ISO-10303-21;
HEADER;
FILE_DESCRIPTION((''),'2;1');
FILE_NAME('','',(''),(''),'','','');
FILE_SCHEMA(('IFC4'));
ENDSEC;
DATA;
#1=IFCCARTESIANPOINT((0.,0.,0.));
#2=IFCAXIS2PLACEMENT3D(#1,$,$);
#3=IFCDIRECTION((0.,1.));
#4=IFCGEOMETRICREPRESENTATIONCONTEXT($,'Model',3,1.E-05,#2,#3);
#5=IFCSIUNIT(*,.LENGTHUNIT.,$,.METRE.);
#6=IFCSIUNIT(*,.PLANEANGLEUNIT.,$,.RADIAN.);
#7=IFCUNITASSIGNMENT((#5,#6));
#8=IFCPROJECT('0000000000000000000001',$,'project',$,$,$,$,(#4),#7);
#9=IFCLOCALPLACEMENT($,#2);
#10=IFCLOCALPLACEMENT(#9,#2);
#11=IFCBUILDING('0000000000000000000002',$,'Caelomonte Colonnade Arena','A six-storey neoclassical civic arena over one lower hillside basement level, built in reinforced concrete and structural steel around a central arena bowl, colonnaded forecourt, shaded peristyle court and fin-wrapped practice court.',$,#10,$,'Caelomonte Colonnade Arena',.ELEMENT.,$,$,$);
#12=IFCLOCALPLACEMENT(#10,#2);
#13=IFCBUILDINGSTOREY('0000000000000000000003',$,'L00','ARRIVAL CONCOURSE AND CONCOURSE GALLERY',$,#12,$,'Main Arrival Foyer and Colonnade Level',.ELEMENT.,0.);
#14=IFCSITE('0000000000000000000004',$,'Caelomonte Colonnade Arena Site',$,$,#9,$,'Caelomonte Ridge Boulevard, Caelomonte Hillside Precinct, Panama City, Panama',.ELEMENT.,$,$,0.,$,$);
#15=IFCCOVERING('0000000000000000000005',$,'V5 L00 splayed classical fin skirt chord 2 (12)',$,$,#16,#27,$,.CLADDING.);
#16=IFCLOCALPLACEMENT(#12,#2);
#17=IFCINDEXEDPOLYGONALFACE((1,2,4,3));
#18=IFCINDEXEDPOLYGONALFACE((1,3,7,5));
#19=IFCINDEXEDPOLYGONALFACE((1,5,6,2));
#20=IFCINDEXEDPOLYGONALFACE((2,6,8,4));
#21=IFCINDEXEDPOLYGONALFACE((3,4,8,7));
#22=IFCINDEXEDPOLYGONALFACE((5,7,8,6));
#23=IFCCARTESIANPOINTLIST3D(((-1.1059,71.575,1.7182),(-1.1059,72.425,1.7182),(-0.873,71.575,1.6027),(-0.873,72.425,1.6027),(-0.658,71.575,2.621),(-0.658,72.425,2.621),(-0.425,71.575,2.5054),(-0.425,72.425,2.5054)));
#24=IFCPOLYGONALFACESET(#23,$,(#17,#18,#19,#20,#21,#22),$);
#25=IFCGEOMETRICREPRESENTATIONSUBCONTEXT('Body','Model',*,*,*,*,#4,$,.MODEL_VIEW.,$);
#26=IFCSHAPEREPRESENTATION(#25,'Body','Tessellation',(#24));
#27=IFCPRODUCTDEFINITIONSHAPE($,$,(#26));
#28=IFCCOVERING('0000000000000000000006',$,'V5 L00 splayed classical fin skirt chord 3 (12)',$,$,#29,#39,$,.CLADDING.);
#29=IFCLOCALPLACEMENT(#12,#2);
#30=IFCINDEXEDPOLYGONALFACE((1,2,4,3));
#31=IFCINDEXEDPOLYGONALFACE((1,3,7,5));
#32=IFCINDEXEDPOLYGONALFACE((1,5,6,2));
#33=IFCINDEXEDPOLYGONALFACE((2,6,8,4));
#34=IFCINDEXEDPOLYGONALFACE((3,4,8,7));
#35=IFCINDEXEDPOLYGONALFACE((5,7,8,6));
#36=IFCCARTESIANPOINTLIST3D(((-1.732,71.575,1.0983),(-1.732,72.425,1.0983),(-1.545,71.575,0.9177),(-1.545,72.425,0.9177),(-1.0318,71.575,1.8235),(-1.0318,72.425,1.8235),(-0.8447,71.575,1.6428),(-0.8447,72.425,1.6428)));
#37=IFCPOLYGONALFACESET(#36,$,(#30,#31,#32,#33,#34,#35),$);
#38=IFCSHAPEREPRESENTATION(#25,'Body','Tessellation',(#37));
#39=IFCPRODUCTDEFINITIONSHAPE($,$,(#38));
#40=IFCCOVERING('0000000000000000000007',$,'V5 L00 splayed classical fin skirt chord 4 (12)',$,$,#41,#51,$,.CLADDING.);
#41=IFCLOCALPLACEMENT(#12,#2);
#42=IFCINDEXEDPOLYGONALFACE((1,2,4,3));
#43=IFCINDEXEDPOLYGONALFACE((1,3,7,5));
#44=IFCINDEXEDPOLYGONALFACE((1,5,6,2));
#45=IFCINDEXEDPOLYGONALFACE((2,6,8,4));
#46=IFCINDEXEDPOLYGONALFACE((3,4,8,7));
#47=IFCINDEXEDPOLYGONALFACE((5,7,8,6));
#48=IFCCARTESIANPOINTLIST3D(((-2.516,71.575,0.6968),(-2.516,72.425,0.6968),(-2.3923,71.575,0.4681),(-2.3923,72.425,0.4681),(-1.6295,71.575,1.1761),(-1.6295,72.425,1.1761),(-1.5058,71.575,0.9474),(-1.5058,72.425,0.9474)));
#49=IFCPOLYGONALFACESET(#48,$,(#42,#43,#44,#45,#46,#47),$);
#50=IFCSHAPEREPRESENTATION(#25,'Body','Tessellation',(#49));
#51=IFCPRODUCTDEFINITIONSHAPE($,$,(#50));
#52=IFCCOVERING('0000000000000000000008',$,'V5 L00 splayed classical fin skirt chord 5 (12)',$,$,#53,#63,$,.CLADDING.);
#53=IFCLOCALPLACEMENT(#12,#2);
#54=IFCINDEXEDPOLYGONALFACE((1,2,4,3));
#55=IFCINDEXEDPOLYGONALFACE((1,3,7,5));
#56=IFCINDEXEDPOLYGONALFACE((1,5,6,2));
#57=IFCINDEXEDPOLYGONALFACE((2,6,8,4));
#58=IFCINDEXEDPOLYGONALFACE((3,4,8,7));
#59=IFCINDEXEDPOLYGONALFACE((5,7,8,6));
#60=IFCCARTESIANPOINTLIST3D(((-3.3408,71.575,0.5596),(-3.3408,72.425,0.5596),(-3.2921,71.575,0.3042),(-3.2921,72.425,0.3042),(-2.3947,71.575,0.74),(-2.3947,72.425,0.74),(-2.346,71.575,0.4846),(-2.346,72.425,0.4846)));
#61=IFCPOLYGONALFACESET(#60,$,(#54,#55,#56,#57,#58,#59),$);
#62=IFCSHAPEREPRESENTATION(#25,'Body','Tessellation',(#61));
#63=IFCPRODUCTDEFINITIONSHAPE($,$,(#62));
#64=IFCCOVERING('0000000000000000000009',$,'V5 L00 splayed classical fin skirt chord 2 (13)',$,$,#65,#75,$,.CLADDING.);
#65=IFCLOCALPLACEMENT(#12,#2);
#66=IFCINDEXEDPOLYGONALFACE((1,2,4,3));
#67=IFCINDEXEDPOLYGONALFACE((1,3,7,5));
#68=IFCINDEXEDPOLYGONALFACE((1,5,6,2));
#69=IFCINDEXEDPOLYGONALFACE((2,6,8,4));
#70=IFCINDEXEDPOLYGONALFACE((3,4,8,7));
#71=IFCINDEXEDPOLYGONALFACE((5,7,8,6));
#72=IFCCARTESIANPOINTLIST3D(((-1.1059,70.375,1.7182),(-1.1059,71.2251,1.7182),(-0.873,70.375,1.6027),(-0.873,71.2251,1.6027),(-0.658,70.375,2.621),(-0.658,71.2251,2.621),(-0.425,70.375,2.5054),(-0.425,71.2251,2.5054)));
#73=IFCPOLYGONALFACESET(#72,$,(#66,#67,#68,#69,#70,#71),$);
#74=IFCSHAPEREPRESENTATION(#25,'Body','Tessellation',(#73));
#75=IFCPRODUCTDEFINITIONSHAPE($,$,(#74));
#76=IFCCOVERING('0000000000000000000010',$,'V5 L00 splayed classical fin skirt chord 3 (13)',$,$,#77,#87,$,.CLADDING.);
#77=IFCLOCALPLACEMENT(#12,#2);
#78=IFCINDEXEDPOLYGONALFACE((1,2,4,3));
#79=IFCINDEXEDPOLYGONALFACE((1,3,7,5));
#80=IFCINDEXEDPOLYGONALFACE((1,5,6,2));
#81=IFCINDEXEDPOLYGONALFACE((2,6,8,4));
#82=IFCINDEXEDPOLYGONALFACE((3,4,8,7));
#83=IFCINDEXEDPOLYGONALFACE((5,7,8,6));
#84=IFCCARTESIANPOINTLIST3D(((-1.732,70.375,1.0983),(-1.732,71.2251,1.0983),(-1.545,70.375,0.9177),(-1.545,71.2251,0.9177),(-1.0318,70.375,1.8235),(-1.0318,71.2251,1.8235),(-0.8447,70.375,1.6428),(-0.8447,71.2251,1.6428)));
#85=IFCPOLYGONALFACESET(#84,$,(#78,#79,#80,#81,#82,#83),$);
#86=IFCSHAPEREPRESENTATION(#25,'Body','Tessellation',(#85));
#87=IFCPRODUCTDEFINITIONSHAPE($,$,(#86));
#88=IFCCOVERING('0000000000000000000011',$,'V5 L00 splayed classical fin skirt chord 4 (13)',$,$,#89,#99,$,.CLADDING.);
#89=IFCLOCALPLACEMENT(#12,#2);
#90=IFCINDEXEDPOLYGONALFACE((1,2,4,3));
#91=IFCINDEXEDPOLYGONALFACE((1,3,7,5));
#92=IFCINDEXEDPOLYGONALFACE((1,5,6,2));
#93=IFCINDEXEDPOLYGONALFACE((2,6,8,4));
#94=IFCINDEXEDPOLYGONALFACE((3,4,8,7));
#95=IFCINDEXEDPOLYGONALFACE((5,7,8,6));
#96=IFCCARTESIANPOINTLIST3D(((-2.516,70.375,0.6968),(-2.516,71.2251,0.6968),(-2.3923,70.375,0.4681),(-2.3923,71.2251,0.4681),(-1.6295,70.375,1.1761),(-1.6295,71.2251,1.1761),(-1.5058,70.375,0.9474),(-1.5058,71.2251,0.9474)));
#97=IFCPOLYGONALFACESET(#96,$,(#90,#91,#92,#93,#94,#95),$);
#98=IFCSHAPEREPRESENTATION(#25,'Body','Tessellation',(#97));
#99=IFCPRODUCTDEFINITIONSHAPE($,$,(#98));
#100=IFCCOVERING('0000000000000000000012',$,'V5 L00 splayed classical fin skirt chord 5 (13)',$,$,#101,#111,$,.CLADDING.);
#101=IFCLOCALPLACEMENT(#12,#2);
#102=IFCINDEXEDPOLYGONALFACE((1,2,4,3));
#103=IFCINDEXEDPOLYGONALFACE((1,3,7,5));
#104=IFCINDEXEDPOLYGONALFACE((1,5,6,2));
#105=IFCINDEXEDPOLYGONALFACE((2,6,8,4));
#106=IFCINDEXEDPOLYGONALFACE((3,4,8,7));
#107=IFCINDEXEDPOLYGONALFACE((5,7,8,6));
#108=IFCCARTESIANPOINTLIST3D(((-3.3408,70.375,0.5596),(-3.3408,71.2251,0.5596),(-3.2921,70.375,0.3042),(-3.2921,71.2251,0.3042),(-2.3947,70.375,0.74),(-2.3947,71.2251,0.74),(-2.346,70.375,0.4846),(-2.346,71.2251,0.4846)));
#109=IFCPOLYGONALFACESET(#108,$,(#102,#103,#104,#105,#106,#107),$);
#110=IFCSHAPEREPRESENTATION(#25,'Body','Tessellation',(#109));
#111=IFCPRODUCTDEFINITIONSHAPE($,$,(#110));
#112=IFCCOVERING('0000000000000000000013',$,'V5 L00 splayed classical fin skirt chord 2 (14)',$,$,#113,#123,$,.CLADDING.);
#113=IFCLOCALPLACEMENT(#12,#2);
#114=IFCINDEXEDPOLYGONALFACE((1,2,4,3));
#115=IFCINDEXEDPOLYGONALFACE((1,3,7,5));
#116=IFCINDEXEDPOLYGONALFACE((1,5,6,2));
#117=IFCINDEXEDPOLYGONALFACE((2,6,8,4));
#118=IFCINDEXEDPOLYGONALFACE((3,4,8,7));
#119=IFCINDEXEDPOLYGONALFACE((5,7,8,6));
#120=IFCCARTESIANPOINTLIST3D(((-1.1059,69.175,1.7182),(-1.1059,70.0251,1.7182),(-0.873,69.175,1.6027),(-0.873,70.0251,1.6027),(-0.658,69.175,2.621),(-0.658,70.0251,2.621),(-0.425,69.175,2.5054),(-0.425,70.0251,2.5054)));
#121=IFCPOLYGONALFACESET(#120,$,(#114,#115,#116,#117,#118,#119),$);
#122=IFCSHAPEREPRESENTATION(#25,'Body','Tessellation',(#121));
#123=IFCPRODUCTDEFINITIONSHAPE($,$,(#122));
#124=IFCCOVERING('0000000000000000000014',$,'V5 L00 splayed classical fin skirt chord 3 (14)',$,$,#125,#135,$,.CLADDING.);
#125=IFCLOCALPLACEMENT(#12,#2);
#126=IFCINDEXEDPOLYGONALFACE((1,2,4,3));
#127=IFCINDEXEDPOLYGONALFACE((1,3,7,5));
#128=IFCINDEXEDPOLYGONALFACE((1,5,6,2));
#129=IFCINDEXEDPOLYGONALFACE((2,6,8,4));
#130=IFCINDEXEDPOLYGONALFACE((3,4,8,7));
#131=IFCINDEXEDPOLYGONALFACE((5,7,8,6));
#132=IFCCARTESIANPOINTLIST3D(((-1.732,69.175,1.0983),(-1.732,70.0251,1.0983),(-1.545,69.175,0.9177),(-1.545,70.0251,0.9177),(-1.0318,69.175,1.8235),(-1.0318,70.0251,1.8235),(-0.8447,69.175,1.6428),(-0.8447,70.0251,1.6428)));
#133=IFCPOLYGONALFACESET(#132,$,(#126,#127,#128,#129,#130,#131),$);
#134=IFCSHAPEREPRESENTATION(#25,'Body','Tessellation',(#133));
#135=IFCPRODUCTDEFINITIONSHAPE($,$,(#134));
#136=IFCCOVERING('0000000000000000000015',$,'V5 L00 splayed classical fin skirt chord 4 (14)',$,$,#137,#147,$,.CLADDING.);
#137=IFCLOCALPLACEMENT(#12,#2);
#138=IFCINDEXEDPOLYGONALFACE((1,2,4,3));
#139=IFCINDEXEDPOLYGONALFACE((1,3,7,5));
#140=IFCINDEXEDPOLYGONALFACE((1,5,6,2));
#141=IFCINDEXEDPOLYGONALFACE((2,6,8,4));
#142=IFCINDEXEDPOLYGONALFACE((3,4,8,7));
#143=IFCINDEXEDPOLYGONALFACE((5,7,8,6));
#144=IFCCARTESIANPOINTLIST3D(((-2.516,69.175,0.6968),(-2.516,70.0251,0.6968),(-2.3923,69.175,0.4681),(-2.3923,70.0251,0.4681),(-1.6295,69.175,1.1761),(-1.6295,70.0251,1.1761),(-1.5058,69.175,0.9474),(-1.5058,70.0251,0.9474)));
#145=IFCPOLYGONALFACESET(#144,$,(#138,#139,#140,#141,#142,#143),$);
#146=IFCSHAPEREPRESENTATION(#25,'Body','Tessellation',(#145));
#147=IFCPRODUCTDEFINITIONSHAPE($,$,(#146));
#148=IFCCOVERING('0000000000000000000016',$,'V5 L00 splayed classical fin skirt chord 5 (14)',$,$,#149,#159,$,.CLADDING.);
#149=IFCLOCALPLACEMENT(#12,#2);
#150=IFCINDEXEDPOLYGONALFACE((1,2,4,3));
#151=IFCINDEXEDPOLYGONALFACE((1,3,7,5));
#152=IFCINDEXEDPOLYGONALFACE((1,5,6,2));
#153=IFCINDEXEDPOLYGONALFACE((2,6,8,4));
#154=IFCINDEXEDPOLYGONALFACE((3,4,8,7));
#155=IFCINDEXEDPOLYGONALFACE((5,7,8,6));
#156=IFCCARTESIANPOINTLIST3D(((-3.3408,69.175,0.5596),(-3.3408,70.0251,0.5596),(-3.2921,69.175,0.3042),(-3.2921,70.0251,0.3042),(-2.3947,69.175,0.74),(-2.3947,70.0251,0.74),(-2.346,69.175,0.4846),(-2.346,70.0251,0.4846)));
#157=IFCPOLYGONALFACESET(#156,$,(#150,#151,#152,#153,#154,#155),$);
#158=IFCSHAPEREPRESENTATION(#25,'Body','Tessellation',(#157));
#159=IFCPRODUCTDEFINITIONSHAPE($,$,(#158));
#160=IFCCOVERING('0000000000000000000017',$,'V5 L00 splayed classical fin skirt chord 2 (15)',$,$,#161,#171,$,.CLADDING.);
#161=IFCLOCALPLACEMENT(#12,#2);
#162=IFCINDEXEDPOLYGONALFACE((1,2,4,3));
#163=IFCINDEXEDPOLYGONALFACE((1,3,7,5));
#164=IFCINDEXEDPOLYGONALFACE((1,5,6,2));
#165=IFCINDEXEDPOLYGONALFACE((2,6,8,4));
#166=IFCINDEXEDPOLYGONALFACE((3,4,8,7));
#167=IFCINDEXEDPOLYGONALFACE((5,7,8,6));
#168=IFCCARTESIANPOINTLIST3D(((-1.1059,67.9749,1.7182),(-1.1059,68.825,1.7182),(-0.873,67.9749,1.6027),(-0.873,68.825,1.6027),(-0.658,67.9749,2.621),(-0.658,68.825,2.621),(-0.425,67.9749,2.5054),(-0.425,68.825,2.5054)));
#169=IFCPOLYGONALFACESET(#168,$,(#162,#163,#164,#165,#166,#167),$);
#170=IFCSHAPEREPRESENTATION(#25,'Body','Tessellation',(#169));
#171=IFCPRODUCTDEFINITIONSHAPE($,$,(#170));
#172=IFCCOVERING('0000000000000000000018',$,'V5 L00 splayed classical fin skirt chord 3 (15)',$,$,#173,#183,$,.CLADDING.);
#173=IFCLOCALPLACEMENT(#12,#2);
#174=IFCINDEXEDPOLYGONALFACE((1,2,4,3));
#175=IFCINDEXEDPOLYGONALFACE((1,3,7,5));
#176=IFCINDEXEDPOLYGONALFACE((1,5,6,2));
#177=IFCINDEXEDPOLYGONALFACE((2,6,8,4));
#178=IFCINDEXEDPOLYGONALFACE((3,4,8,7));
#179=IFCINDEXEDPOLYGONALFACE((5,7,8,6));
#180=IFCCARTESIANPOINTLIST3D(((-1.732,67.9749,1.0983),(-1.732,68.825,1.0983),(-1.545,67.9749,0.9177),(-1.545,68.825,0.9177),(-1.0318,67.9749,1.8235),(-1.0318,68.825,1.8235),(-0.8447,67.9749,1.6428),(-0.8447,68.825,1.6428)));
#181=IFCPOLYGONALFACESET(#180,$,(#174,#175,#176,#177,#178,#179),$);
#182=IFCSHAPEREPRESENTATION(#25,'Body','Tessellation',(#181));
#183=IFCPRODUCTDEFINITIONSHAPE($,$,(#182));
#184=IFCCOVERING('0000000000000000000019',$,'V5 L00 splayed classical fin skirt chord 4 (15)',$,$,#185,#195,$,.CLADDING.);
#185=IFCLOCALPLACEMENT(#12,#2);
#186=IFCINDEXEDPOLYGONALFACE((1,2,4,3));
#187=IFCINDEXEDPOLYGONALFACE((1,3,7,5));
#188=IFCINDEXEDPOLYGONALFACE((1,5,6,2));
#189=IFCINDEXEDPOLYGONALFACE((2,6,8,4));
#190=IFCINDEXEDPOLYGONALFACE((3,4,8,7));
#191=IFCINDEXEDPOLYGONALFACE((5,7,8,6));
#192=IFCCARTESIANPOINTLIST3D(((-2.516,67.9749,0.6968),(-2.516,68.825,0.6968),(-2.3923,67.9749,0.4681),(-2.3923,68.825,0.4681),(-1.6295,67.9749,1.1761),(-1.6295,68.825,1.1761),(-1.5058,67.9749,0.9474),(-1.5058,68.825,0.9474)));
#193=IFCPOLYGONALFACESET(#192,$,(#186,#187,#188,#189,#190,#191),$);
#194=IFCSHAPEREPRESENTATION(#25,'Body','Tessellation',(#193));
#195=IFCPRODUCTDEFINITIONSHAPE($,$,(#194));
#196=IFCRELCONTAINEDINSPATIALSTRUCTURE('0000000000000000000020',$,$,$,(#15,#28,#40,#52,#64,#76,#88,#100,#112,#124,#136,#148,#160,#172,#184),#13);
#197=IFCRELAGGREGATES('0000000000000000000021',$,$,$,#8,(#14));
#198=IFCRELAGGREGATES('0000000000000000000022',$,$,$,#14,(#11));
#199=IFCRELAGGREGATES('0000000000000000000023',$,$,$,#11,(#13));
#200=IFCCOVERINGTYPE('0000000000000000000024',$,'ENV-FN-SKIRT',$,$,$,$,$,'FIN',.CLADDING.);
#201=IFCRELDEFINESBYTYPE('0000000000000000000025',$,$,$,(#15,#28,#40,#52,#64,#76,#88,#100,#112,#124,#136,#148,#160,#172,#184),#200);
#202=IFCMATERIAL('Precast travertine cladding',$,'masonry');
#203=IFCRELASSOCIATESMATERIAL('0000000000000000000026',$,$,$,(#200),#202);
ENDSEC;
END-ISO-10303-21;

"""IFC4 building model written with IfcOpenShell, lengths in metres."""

from ifc_helpers import new_model, si_unit, direction, frame, origin, origin_2d, place, context, subcontext, project, spatial, rectangle, extrude, material, material_profile, profile_set, type_object, element, save


model = new_model("IFC4")

# Units and contexts
model_context = context("Model", 3, precision=1e-05, world=origin(), true_north=direction((0.0, 1.0)))
body_context = subcontext(model_context, "Body", "Model", "MODEL_VIEW")
ifc_project = project(units=[si_unit("LENGTHUNIT", "METRE"), si_unit("PLANEANGLEUNIT", "RADIAN")], contexts=[model_context])

# Site, building, storey
site_placement = place(None, origin())
site = spatial("IfcSite", under=ifc_project, at=site_placement, Name="Caelomonte Colonnade Arena Site", LongName="Caelomonte Ridge Boulevard, Caelomonte Hillside Precinct, Panama City, Panama", CompositionType="ELEMENT", RefElevation=0.0)
building_placement = place(site_placement, origin())
building = spatial("IfcBuilding", under=site, at=building_placement, Name="Caelomonte Colonnade Arena", Description="A six-storey neoclassical civic arena over one lower hillside basement level, built in reinforced concrete and structural steel around a central arena bowl, colonnaded forecourt, shaded peristyle court and fin-wrapped practice court.", LongName="Caelomonte Colonnade Arena", CompositionType="ELEMENT")
storey_placement = place(building_placement, origin())
storey = spatial("IfcBuildingStorey", under=building, at=storey_placement, Name="L00", Description="ARRIVAL CONCOURSE AND CONCOURSE GALLERY", LongName="Main Arrival Foyer and Colonnade Level", CompositionType="ELEMENT", Elevation=0.0)

# Coverings
ifc_material = material(Name="Precast travertine cladding", Category="masonry")
ifc_material_profile = material_profile(ifc_material, rectangle(XDim=0.26, YDim=0.8501, at=origin_2d()), Name="FIN260X850")
ifc_profile_set = profile_set([ifc_material_profile], Name="Precast travertine cladding")
covering_type = type_object("IfcCoveringType", Name="ENV-FN-SKIRT", ElementType="FIN", PredefinedType="CLADDING", material=ifc_profile_set)
covering_1_placement = place(storey_placement, frame((-0.5415, 72.0, 2.5632), z_axis=(-0.444499, 0.0, -0.89578), x_axis=(-0.89578, 0.0, 0.444499)))
element("IfcCovering", 1, at=covering_1_placement, inside=storey, type_object=covering_type, Name="V5 L00 splayed classical fin skirt chord 2 (12)", PredefinedType="CLADDING", context=body_context, shape_type="SweptSolid", body=[
    extrude(rectangle(XDim=0.26, YDim=0.8501, at=origin_2d()), origin(), (0.0, 0.0, 1.0), 1.0078),
])
covering_2_placement = place(storey_placement, frame((-0.9382, 72.0, 1.7332), z_axis=(-0.694646, 0.0, -0.719351), x_axis=(-0.719351, 0.0, 0.694646)))
element("IfcCovering", 2, at=covering_2_placement, inside=storey, type_object=covering_type, Name="V5 L00 splayed classical fin skirt chord 3 (12)", PredefinedType="CLADDING", context=body_context, shape_type="SweptSolid", body=[
    extrude(rectangle(XDim=0.26, YDim=0.8501, at=origin_2d()), origin(), (0.0, 0.0, 1.0), 1.0081),
])
covering_3_placement = place(storey_placement, frame((-1.5676, 72.0, 1.0618), z_axis=(-0.879676, 0.0, -0.475573), x_axis=(-0.475573, 0.0, 0.879676)))
element("IfcCovering", 3, at=covering_3_placement, inside=storey, type_object=covering_type, Name="V5 L00 splayed classical fin skirt chord 4 (12)", PredefinedType="CLADDING", context=body_context, shape_type="SweptSolid", body=[
    extrude(rectangle(XDim=0.26, YDim=0.8501, at=origin_2d()), origin(), (0.0, 0.0, 1.0), 1.0078),
])
covering_4_placement = place(storey_placement, frame((-2.3704, 72.0, 0.6123), z_axis=(-0.982296, 0.0, -0.187333), x_axis=(-0.187333, 0.0, 0.982296)))
element("IfcCovering", 4, at=covering_4_placement, inside=storey, type_object=covering_type, Name="V5 L00 splayed classical fin skirt chord 5 (12)", PredefinedType="CLADDING", context=body_context, shape_type="SweptSolid", body=[
    extrude(rectangle(XDim=0.26, YDim=0.8501, at=origin_2d()), origin(), (0.0, 0.0, 1.0), 0.9631),
])
covering_5_placement = place(storey_placement, frame((-0.5415, 70.8, 2.5632), z_axis=(-0.444499, 0.0, -0.89578), x_axis=(-0.89578, 0.0, 0.444499)))
element("IfcCovering", 5, at=covering_5_placement, inside=storey, type_object=covering_type, Name="V5 L00 splayed classical fin skirt chord 2 (13)", PredefinedType="CLADDING", context=body_context, shape_type="SweptSolid", body=[
    extrude(rectangle(XDim=0.26, YDim=0.8501, at=origin_2d()), origin(), (0.0, 0.0, 1.0), 1.0078),
])
covering_6_placement = place(storey_placement, frame((-0.9382, 70.8, 1.7332), z_axis=(-0.694646, 0.0, -0.719351), x_axis=(-0.719351, 0.0, 0.694646)))
element("IfcCovering", 6, at=covering_6_placement, inside=storey, type_object=covering_type, Name="V5 L00 splayed classical fin skirt chord 3 (13)", PredefinedType="CLADDING", context=body_context, shape_type="SweptSolid", body=[
    extrude(rectangle(XDim=0.26, YDim=0.8501, at=origin_2d()), origin(), (0.0, 0.0, 1.0), 1.0081),
])
covering_7_placement = place(storey_placement, frame((-1.5676, 70.8, 1.0618), z_axis=(-0.879676, 0.0, -0.475573), x_axis=(-0.475573, 0.0, 0.879676)))
element("IfcCovering", 7, at=covering_7_placement, inside=storey, type_object=covering_type, Name="V5 L00 splayed classical fin skirt chord 4 (13)", PredefinedType="CLADDING", context=body_context, shape_type="SweptSolid", body=[
    extrude(rectangle(XDim=0.26, YDim=0.8501, at=origin_2d()), origin(), (0.0, 0.0, 1.0), 1.0078),
])
covering_8_placement = place(storey_placement, frame((-2.3704, 70.8, 0.6123), z_axis=(-0.982296, 0.0, -0.187333), x_axis=(-0.187333, 0.0, 0.982296)))
element("IfcCovering", 8, at=covering_8_placement, inside=storey, type_object=covering_type, Name="V5 L00 splayed classical fin skirt chord 5 (13)", PredefinedType="CLADDING", context=body_context, shape_type="SweptSolid", body=[
    extrude(rectangle(XDim=0.26, YDim=0.8501, at=origin_2d()), origin(), (0.0, 0.0, 1.0), 0.9631),
])
covering_9_placement = place(storey_placement, frame((-0.5415, 69.6001, 2.5632), z_axis=(-0.444499, 0.0, -0.89578), x_axis=(-0.89578, 0.0, 0.444499)))
element("IfcCovering", 9, at=covering_9_placement, inside=storey, type_object=covering_type, Name="V5 L00 splayed classical fin skirt chord 2 (14)", PredefinedType="CLADDING", context=body_context, shape_type="SweptSolid", body=[
    extrude(rectangle(XDim=0.26, YDim=0.8501, at=origin_2d()), origin(), (0.0, 0.0, 1.0), 1.0078),
])
covering_10_placement = place(storey_placement, frame((-0.9382, 69.6001, 1.7332), z_axis=(-0.694646, 0.0, -0.719351), x_axis=(-0.719351, 0.0, 0.694646)))
element("IfcCovering", 10, at=covering_10_placement, inside=storey, type_object=covering_type, Name="V5 L00 splayed classical fin skirt chord 3 (14)", PredefinedType="CLADDING", context=body_context, shape_type="SweptSolid", body=[
    extrude(rectangle(XDim=0.26, YDim=0.8501, at=origin_2d()), origin(), (0.0, 0.0, 1.0), 1.0081),
])
covering_11_placement = place(storey_placement, frame((-1.5676, 69.6001, 1.0618), z_axis=(-0.879676, 0.0, -0.475573), x_axis=(-0.475573, 0.0, 0.879676)))
element("IfcCovering", 11, at=covering_11_placement, inside=storey, type_object=covering_type, Name="V5 L00 splayed classical fin skirt chord 4 (14)", PredefinedType="CLADDING", context=body_context, shape_type="SweptSolid", body=[
    extrude(rectangle(XDim=0.26, YDim=0.8501, at=origin_2d()), origin(), (0.0, 0.0, 1.0), 1.0078),
])
covering_12_placement = place(storey_placement, frame((-2.3704, 69.6001, 0.6123), z_axis=(-0.982296, 0.0, -0.187333), x_axis=(-0.187333, 0.0, 0.982296)))
element("IfcCovering", 12, at=covering_12_placement, inside=storey, type_object=covering_type, Name="V5 L00 splayed classical fin skirt chord 5 (14)", PredefinedType="CLADDING", context=body_context, shape_type="SweptSolid", body=[
    extrude(rectangle(XDim=0.26, YDim=0.8501, at=origin_2d()), origin(), (0.0, 0.0, 1.0), 0.9631),
])
covering_13_placement = place(storey_placement, frame((-0.5415, 68.3999, 2.5632), z_axis=(-0.444499, 0.0, -0.89578), x_axis=(-0.89578, 0.0, 0.444499)))
element("IfcCovering", 13, at=covering_13_placement, inside=storey, type_object=covering_type, Name="V5 L00 splayed classical fin skirt chord 2 (15)", PredefinedType="CLADDING", context=body_context, shape_type="SweptSolid", body=[
    extrude(rectangle(XDim=0.26, YDim=0.8501, at=origin_2d()), origin(), (0.0, 0.0, 1.0), 1.0078),
])
covering_14_placement = place(storey_placement, frame((-0.9382, 68.3999, 1.7332), z_axis=(-0.694646, 0.0, -0.719351), x_axis=(-0.719351, 0.0, 0.694646)))
element("IfcCovering", 14, at=covering_14_placement, inside=storey, type_object=covering_type, Name="V5 L00 splayed classical fin skirt chord 3 (15)", PredefinedType="CLADDING", context=body_context, shape_type="SweptSolid", body=[
    extrude(rectangle(XDim=0.26, YDim=0.8501, at=origin_2d()), origin(), (0.0, 0.0, 1.0), 1.0081),
])
covering_15_placement = place(storey_placement, frame((-1.5676, 68.3999, 1.0618), z_axis=(-0.879676, 0.0, -0.475573), x_axis=(-0.475573, 0.0, 0.879676)))
element("IfcCovering", 15, at=covering_15_placement, inside=storey, type_object=covering_type, Name="V5 L00 splayed classical fin skirt chord 4 (15)", PredefinedType="CLADDING", context=body_context, shape_type="SweptSolid", body=[
    extrude(rectangle(XDim=0.26, YDim=0.8501, at=origin_2d()), origin(), (0.0, 0.0, 1.0), 1.0078),
])

save(model, "model.ifc")
